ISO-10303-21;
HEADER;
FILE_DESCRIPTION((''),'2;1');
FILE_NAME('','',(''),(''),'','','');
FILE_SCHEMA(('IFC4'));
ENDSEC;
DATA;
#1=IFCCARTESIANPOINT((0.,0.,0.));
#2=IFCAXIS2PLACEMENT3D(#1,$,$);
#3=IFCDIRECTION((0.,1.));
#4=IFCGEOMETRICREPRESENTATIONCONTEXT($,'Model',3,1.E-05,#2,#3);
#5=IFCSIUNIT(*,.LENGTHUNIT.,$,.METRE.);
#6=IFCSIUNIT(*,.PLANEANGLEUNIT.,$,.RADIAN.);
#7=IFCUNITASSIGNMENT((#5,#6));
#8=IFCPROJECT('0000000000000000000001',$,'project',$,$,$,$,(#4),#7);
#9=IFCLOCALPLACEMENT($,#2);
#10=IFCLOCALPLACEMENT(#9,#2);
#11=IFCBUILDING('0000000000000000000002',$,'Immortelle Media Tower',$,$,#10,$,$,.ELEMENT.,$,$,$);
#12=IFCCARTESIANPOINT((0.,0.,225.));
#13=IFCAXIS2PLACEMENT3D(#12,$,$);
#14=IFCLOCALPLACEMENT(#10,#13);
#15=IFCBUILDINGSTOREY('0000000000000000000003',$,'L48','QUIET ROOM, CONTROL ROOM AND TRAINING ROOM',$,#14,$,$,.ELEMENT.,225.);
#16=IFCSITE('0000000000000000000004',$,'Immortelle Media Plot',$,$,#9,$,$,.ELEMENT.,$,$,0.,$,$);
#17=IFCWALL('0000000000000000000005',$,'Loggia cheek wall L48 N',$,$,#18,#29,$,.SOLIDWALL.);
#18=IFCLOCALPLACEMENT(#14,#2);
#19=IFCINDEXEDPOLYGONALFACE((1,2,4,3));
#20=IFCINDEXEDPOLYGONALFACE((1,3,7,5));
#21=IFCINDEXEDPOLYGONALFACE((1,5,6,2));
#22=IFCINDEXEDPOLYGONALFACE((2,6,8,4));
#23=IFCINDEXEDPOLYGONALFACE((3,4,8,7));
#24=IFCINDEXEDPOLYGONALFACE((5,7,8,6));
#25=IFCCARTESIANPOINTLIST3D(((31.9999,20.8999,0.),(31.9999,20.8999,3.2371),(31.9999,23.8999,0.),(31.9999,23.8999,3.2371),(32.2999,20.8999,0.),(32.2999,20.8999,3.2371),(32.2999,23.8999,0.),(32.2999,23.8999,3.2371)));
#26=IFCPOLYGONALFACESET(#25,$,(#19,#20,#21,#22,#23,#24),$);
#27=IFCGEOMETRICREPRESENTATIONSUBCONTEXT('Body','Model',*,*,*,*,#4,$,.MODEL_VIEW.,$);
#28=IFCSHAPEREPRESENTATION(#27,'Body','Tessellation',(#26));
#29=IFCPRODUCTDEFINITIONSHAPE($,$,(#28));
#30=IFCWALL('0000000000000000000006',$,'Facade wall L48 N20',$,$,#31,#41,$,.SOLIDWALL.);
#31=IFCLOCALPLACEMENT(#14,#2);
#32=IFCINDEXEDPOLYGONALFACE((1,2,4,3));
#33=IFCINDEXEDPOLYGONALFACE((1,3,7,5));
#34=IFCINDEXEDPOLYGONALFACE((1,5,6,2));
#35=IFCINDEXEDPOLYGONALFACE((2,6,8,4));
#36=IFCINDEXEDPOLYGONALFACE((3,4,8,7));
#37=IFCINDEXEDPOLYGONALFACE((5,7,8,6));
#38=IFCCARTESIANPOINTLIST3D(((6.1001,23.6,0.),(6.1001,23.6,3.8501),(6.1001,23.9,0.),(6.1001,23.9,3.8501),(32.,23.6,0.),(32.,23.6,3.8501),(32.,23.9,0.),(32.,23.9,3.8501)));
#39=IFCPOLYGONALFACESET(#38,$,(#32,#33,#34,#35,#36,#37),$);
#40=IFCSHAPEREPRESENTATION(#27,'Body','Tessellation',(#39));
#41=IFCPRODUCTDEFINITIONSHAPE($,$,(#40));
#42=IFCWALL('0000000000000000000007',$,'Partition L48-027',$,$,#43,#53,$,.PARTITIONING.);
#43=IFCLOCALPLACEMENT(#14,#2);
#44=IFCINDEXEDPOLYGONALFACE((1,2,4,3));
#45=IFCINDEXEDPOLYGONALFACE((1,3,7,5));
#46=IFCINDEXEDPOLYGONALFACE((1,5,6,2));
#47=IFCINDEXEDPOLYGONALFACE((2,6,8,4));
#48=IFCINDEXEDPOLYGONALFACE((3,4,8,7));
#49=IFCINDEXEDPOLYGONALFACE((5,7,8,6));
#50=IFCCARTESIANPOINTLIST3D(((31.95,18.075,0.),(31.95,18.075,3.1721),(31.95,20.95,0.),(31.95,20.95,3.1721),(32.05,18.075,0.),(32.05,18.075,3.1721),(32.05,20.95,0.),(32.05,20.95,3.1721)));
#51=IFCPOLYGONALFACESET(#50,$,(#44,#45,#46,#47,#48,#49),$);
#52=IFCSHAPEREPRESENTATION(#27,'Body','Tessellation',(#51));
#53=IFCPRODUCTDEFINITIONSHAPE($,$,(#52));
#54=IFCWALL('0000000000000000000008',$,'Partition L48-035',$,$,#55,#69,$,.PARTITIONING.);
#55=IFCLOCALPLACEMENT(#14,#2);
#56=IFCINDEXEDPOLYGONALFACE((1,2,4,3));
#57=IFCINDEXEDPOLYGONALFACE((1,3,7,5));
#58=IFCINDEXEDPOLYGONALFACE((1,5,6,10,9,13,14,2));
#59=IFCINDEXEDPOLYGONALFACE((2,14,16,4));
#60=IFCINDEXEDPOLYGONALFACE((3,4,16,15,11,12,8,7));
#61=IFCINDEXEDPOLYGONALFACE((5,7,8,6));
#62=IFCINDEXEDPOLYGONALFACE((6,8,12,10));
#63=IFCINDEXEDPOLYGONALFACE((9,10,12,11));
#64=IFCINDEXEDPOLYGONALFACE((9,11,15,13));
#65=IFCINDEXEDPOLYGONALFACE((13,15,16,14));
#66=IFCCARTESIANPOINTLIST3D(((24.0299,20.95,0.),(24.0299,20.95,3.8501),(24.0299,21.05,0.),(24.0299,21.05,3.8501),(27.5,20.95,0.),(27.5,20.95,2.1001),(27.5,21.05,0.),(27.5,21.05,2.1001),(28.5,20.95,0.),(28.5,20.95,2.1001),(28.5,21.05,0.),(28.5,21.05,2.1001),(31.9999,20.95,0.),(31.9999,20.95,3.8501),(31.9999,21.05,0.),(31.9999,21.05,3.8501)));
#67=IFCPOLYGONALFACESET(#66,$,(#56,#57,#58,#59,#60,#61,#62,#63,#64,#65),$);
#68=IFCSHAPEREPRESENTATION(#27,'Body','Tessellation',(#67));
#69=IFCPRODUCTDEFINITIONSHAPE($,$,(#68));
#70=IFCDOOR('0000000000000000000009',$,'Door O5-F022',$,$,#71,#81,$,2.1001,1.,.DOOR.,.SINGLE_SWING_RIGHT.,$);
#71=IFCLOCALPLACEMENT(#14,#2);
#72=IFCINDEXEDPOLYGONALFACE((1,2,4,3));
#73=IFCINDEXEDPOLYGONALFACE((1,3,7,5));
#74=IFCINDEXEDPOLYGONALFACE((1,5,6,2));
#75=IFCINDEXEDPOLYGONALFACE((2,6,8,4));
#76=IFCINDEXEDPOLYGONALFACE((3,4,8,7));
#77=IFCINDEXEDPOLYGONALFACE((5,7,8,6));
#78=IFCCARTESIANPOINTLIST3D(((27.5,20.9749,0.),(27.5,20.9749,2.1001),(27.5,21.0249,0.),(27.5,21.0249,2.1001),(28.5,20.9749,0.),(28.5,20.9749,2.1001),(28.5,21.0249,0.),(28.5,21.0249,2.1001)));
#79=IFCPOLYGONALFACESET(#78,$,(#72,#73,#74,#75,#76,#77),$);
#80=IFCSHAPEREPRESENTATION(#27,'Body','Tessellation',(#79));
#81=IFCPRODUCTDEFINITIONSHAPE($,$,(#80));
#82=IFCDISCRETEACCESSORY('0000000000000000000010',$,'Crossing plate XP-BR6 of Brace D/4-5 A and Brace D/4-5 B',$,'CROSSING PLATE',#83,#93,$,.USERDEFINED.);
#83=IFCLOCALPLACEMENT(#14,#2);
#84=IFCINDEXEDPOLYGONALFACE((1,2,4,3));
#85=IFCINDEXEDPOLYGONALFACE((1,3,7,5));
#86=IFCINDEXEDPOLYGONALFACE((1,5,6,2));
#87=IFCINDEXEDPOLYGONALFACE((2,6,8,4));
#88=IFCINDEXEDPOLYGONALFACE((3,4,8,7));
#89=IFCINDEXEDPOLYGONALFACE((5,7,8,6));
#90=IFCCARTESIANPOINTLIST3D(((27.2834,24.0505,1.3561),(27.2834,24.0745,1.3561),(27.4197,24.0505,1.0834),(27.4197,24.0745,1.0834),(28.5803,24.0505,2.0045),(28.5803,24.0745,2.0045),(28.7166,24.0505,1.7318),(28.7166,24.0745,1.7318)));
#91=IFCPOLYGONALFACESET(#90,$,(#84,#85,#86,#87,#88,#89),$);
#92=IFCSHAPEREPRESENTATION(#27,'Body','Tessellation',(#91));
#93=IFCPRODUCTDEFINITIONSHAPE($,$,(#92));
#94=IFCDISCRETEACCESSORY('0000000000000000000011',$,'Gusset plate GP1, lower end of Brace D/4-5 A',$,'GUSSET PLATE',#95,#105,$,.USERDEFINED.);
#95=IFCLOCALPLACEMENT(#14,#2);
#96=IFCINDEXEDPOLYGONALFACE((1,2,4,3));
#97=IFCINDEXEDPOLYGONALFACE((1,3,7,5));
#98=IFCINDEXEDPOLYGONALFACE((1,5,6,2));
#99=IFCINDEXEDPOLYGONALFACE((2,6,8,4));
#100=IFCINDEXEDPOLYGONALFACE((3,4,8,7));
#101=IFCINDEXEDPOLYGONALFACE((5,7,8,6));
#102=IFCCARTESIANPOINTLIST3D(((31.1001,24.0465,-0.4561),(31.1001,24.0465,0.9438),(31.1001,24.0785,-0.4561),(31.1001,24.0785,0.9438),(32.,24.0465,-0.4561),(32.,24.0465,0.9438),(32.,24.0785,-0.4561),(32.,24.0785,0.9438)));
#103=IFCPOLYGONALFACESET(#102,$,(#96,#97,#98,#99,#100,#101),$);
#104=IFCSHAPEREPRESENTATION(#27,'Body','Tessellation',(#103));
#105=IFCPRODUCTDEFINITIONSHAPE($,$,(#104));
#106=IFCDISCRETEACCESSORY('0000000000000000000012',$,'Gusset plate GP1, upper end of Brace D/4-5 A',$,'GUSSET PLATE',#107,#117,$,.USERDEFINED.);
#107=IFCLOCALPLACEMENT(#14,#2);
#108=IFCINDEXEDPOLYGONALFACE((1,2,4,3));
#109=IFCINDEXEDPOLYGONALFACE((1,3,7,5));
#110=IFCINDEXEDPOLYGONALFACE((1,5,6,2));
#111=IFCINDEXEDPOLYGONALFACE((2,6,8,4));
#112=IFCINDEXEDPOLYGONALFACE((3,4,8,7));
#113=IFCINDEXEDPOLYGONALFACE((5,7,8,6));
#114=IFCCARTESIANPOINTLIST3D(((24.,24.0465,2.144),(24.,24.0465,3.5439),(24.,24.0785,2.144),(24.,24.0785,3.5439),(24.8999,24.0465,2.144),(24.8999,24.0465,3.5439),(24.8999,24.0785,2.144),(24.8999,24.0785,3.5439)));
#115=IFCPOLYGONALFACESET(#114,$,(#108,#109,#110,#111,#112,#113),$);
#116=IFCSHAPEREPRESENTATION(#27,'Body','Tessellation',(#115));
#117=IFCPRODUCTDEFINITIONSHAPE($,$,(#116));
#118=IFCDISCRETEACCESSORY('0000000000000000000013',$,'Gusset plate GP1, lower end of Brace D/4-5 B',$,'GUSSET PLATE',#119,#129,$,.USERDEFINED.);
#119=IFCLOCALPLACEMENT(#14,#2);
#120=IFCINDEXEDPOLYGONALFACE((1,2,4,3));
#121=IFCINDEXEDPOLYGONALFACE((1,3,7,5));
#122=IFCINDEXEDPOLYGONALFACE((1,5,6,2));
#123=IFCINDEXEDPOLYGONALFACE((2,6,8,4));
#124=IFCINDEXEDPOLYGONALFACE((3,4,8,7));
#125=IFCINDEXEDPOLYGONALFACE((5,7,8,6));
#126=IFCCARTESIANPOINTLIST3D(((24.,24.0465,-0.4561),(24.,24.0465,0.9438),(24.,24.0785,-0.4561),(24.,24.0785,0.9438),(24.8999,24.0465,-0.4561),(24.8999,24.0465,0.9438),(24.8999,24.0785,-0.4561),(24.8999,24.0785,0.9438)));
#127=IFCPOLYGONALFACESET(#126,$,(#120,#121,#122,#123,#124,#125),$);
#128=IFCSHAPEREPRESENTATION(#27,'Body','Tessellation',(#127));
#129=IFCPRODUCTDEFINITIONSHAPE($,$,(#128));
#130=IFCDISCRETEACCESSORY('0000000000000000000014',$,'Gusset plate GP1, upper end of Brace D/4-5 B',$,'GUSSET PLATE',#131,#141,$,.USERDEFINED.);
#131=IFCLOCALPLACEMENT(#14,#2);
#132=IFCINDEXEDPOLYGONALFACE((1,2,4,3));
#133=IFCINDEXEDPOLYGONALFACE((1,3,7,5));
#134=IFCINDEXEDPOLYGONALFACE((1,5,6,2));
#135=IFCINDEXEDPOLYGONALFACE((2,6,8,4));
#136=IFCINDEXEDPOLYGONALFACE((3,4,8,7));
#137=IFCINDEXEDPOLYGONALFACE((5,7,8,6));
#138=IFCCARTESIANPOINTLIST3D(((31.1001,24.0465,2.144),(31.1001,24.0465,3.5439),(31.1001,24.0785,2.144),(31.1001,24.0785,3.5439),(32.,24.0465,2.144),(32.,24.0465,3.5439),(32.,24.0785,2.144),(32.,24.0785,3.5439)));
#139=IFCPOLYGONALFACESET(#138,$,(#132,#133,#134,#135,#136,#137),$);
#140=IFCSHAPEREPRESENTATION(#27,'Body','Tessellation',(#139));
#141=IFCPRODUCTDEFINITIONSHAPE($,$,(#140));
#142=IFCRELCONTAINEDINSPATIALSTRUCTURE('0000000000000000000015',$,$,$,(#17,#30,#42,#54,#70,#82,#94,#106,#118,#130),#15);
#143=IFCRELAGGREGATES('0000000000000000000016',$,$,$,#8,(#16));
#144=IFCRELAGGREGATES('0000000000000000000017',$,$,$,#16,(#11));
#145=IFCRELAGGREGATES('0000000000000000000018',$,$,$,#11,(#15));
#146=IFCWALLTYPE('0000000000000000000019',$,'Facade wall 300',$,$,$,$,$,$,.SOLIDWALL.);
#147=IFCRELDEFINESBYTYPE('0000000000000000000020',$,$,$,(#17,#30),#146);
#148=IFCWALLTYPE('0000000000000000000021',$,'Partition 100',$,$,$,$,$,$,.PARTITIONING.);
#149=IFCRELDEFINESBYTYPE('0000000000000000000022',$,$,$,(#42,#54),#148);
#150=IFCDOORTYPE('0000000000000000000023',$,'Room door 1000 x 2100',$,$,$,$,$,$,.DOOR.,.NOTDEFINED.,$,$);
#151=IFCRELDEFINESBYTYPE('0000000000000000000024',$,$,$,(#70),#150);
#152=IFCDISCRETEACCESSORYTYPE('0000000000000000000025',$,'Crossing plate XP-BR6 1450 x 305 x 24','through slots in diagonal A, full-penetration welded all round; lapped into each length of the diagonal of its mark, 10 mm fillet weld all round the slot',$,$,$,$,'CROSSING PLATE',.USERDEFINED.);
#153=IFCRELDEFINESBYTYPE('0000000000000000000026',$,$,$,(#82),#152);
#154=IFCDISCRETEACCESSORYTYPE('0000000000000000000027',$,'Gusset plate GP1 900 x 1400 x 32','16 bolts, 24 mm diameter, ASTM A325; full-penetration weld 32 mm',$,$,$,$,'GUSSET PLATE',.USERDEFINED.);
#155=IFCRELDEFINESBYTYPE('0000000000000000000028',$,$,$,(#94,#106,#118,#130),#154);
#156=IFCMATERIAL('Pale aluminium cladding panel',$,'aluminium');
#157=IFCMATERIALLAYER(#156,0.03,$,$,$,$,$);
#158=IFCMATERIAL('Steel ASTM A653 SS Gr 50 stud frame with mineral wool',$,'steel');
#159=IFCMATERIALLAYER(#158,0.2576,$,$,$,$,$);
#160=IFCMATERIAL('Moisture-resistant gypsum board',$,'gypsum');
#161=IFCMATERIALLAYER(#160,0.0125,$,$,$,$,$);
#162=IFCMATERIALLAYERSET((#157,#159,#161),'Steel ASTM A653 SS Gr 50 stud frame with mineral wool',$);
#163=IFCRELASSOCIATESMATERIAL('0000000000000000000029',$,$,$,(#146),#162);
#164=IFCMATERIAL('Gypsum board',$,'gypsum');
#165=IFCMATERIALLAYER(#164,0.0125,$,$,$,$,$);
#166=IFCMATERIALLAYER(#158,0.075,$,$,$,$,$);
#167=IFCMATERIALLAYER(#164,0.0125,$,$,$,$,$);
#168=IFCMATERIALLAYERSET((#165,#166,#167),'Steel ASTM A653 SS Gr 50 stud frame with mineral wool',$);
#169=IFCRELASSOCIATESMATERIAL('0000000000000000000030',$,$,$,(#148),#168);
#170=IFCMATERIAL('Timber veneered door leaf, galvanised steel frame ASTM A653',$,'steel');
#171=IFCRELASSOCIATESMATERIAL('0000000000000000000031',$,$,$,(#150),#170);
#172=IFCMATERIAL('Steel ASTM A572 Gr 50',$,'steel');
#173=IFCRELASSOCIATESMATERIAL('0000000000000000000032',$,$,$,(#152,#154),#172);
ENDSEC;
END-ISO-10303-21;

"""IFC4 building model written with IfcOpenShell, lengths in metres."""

from ifc_helpers import new_model, si_unit, direction, frame, frame_2d, origin, origin_2d, place, context, subcontext, project, spatial, rectangle, extrude, material, layer, layer_set, material_profile, profile_set, type_object, element, fill, save


model = new_model("IFC4")

# Units and contexts
model_context = context("Model", 3, precision=1e-05, world=origin(), true_north=direction((0.0, 1.0)))
body_context = subcontext(model_context, "Body", "Model", "MODEL_VIEW")
ifc_project = project(units=[si_unit("LENGTHUNIT", "METRE"), si_unit("PLANEANGLEUNIT", "RADIAN")], contexts=[model_context])

# Site, building, storey
site_placement = place(None, origin())
site = spatial("IfcSite", under=ifc_project, at=site_placement, Name="Immortelle Media Plot", CompositionType="ELEMENT", RefElevation=0.0)
building_placement = place(site_placement, origin())
building = spatial("IfcBuilding", under=site, at=building_placement, Name="Immortelle Media Tower", CompositionType="ELEMENT")
storey_placement = place(building_placement, frame((0.0, 0.0, 225.0)))
storey = spatial("IfcBuildingStorey", under=building, at=storey_placement, Name="L48", Description="QUIET ROOM, CONTROL ROOM AND TRAINING ROOM", CompositionType="ELEMENT", Elevation=225.0)

# Walls
ifc_material_1 = material(Name="Steel ASTM A653 SS Gr 50 stud frame with mineral wool", Category="steel")
ifc_material_2 = material(Name="Pale aluminium cladding panel", Category="aluminium")
ifc_layer_1 = layer(ifc_material_2, 0.03)
ifc_layer_2 = layer(ifc_material_1, 0.2576)
ifc_material_3 = material(Name="Moisture-resistant gypsum board", Category="gypsum")
ifc_layer_3 = layer(ifc_material_3, 0.0125)
ifc_layer_set_1 = layer_set([ifc_layer_1, ifc_layer_2, ifc_layer_3], Name="Steel ASTM A653 SS Gr 50 stud frame with mineral wool")
wall_type_1 = type_object("IfcWallType", Name="Facade wall 300", PredefinedType="SOLIDWALL", material=ifc_layer_set_1)
wall_1_placement = place(storey_placement, frame((32.1499, 23.8999, 0.0), z_axis=(0.0, 0.0, 1.0), x_axis=(0.0, -1.0, 0.0)))
element("IfcWall", 1, at=wall_1_placement, inside=storey, type_object=wall_type_1, Name="Loggia cheek wall L48 N", PredefinedType="SOLIDWALL", context=body_context, shape_type="SweptSolid", body=[
    extrude(rectangle(XDim=3.0, YDim=0.3, at=frame_2d((1.5, 0.0))), origin(), (0.0, 0.0, 1.0), 3.2371),
])
wall_2_placement = place(storey_placement, frame((32.0, 23.75, 0.0), z_axis=(0.0, 0.0, 1.0), x_axis=(-1.0, 0.0, 0.0)))
element("IfcWall", 2, at=wall_2_placement, inside=storey, type_object=wall_type_1, Name="Facade wall L48 N20", PredefinedType="SOLIDWALL", context=body_context, shape_type="SweptSolid", body=[
    extrude(rectangle(XDim=25.8999, YDim=0.3, at=frame_2d((12.95, 0.0))), origin(), (0.0, 0.0, 1.0), 3.8501),
])
ifc_material_4 = material(Name="Gypsum board", Category="gypsum")
ifc_layer_4 = layer(ifc_material_4, 0.0125)
ifc_layer_5 = layer(ifc_material_1, 0.075)
ifc_layer_6 = layer(ifc_material_4, 0.0125)
ifc_layer_set_2 = layer_set([ifc_layer_4, ifc_layer_5, ifc_layer_6], Name="Steel ASTM A653 SS Gr 50 stud frame with mineral wool")
wall_type_2 = type_object("IfcWallType", Name="Partition 100", PredefinedType="PARTITIONING", material=ifc_layer_set_2)
wall_3_placement = place(storey_placement, frame((32.0, 18.075, 0.0), z_axis=(0.0, 0.0, 1.0), x_axis=(0.0, 1.0, 0.0)))
element("IfcWall", 3, at=wall_3_placement, inside=storey, type_object=wall_type_2, Name="Partition L48-027", PredefinedType="PARTITIONING", context=body_context, shape_type="SweptSolid", body=[
    extrude(rectangle(XDim=2.875, YDim=0.1001, at=frame_2d((1.4375, 0.0))), origin(), (0.0, 0.0, 1.0), 3.1721),
])

# Wall, opening, door
wall_4_placement = place(storey_placement, frame((24.03, 21.0, 0.0), z_axis=(0.0, 0.0, 1.0), x_axis=(1.0, 0.0, 0.0)))
wall_4 = element("IfcWall", 4, at=wall_4_placement, inside=storey, type_object=wall_type_2, Name="Partition L48-035", PredefinedType="PARTITIONING", context=body_context, shape_type="SweptSolid", body=[
    extrude(rectangle(XDim=7.97, YDim=0.1001, at=frame_2d((3.9849, 0.0))), origin(), (0.0, 0.0, 1.0), 3.8501),
])
opening_placement = place(wall_4_placement, frame((3.47, 0.0, 0.0)))
opening = element("IfcOpeningElement", 5, at=opening_placement, cuts=wall_4, PredefinedType="OPENING", context=body_context, shape_type="SweptSolid", body=[
    extrude(rectangle(XDim=1.0, YDim=2.1001, at=frame_2d((0.5, 1.05))), frame((0.0, 0.0601, 0.0), z_axis=(0.0, -1.0, 0.0), x_axis=(1.0, 0.0, 0.0)), (0.0, 0.0, 1.0), 0.1201),
])
ifc_material_5 = material(Name="Timber veneered door leaf, galvanised steel frame ASTM A653", Category="steel")
door_type = type_object("IfcDoorType", Name="Room door 1000 x 2100", OperationType="NOTDEFINED", PredefinedType="DOOR", material=ifc_material_5)
door_placement = place(opening_placement, origin())
door = element("IfcDoor", 6, at=door_placement, inside=storey, type_object=door_type, Name="Door O5-F022", OperationType="SINGLE_SWING_RIGHT", OverallHeight=2.1001, OverallWidth=1.0, PredefinedType="DOOR", context=body_context, shape_type="SweptSolid", body=[
    extrude(rectangle(XDim=1.0, YDim=2.1001, at=frame_2d((0.5, 1.05))), frame((0.0, 0.0249, 0.0), z_axis=(0.0, -1.0, 0.0), x_axis=(1.0, 0.0, 0.0)), (0.0, 0.0, 1.0), 0.05),
])
fill(opening, door)

# Discrete accessories
ifc_material_6 = material(Name="Steel ASTM A572 Gr 50", Category="steel")
ifc_material_profile_1 = material_profile(ifc_material_6, rectangle(XDim=0.0239, YDim=0.3049, at=origin_2d()), Name="PL 24 x 305")
ifc_profile_set_1 = profile_set([ifc_material_profile_1], Name="Steel ASTM A572 Gr 50")
discrete_accessory_type_1 = type_object("IfcDiscreteAccessoryType", Name="Crossing plate XP-BR6 1450 x 305 x 24", Description="through slots in diagonal A, full-penetration welded all round; lapped into each length of the diagonal of its mark, 10 mm fillet weld all round the slot", ElementType="CROSSING PLATE", PredefinedType="USERDEFINED", material=ifc_profile_set_1)
discrete_accessory_placement = place(storey_placement, frame((28.6484, 24.0625, 1.8682), z_axis=(-0.894427, 0.0, -0.447214), x_axis=(0.0, -1.0, 0.0)))
element("IfcDiscreteAccessory", 7, at=discrete_accessory_placement, inside=storey, type_object=discrete_accessory_type_1, Name="Crossing plate XP-BR6 of Brace D/4-5 A and Brace D/4-5 B", ObjectType="CROSSING PLATE", PredefinedType="USERDEFINED", context=body_context, shape_type="SweptSolid", body=[
    extrude(rectangle(XDim=0.0239, YDim=0.3049, at=origin_2d()), origin(), (0.0, 0.0, 1.0), 1.45),
])
ifc_material_profile_2 = material_profile(ifc_material_6, rectangle(XDim=0.032, YDim=1.3999, at=origin_2d()), Name="PL 32 x 1400")
ifc_profile_set_2 = profile_set([ifc_material_profile_2], Name="Steel ASTM A572 Gr 50")
discrete_accessory_type_2 = type_object("IfcDiscreteAccessoryType", Name="Gusset plate GP1 900 x 1400 x 32", Description="16 bolts, 24 mm diameter, ASTM A325; full-penetration weld 32 mm", ElementType="GUSSET PLATE", PredefinedType="USERDEFINED", material=ifc_profile_set_2)
for number, where, z_axis, x_axis, name in (
    (8, (32.0, 24.0625, 0.2439), (-1.0, 0.0, 0.0), (0.0, -1.0, 0.0), "Gusset plate GP1, lower end of Brace D/4-5 A"),
    (9, (24.0, 24.0625, 2.844), (1.0, 0.0, 0.0), (0.0, 1.0, 0.0), "Gusset plate GP1, upper end of Brace D/4-5 A"),
    (10, (24.0, 24.0625, 0.2439), (1.0, 0.0, 0.0), (0.0, 1.0, 0.0), "Gusset plate GP1, lower end of Brace D/4-5 B"),
    (11, (32.0, 24.0625, 2.844), (-1.0, 0.0, 0.0), (0.0, -1.0, 0.0), "Gusset plate GP1, upper end of Brace D/4-5 B"),
):
    element("IfcDiscreteAccessory", number, at=place(storey_placement, frame(where, z_axis=z_axis, x_axis=x_axis)), inside=storey, type_object=discrete_accessory_type_2, Name=name, ObjectType="GUSSET PLATE", PredefinedType="USERDEFINED", context=body_context, shape_type="SweptSolid", body=[
        extrude(rectangle(XDim=0.032, YDim=1.3999, at=origin_2d()), origin(), (0.0, 0.0, 1.0), 0.8999),
    ])

save(model, "model.ifc")
